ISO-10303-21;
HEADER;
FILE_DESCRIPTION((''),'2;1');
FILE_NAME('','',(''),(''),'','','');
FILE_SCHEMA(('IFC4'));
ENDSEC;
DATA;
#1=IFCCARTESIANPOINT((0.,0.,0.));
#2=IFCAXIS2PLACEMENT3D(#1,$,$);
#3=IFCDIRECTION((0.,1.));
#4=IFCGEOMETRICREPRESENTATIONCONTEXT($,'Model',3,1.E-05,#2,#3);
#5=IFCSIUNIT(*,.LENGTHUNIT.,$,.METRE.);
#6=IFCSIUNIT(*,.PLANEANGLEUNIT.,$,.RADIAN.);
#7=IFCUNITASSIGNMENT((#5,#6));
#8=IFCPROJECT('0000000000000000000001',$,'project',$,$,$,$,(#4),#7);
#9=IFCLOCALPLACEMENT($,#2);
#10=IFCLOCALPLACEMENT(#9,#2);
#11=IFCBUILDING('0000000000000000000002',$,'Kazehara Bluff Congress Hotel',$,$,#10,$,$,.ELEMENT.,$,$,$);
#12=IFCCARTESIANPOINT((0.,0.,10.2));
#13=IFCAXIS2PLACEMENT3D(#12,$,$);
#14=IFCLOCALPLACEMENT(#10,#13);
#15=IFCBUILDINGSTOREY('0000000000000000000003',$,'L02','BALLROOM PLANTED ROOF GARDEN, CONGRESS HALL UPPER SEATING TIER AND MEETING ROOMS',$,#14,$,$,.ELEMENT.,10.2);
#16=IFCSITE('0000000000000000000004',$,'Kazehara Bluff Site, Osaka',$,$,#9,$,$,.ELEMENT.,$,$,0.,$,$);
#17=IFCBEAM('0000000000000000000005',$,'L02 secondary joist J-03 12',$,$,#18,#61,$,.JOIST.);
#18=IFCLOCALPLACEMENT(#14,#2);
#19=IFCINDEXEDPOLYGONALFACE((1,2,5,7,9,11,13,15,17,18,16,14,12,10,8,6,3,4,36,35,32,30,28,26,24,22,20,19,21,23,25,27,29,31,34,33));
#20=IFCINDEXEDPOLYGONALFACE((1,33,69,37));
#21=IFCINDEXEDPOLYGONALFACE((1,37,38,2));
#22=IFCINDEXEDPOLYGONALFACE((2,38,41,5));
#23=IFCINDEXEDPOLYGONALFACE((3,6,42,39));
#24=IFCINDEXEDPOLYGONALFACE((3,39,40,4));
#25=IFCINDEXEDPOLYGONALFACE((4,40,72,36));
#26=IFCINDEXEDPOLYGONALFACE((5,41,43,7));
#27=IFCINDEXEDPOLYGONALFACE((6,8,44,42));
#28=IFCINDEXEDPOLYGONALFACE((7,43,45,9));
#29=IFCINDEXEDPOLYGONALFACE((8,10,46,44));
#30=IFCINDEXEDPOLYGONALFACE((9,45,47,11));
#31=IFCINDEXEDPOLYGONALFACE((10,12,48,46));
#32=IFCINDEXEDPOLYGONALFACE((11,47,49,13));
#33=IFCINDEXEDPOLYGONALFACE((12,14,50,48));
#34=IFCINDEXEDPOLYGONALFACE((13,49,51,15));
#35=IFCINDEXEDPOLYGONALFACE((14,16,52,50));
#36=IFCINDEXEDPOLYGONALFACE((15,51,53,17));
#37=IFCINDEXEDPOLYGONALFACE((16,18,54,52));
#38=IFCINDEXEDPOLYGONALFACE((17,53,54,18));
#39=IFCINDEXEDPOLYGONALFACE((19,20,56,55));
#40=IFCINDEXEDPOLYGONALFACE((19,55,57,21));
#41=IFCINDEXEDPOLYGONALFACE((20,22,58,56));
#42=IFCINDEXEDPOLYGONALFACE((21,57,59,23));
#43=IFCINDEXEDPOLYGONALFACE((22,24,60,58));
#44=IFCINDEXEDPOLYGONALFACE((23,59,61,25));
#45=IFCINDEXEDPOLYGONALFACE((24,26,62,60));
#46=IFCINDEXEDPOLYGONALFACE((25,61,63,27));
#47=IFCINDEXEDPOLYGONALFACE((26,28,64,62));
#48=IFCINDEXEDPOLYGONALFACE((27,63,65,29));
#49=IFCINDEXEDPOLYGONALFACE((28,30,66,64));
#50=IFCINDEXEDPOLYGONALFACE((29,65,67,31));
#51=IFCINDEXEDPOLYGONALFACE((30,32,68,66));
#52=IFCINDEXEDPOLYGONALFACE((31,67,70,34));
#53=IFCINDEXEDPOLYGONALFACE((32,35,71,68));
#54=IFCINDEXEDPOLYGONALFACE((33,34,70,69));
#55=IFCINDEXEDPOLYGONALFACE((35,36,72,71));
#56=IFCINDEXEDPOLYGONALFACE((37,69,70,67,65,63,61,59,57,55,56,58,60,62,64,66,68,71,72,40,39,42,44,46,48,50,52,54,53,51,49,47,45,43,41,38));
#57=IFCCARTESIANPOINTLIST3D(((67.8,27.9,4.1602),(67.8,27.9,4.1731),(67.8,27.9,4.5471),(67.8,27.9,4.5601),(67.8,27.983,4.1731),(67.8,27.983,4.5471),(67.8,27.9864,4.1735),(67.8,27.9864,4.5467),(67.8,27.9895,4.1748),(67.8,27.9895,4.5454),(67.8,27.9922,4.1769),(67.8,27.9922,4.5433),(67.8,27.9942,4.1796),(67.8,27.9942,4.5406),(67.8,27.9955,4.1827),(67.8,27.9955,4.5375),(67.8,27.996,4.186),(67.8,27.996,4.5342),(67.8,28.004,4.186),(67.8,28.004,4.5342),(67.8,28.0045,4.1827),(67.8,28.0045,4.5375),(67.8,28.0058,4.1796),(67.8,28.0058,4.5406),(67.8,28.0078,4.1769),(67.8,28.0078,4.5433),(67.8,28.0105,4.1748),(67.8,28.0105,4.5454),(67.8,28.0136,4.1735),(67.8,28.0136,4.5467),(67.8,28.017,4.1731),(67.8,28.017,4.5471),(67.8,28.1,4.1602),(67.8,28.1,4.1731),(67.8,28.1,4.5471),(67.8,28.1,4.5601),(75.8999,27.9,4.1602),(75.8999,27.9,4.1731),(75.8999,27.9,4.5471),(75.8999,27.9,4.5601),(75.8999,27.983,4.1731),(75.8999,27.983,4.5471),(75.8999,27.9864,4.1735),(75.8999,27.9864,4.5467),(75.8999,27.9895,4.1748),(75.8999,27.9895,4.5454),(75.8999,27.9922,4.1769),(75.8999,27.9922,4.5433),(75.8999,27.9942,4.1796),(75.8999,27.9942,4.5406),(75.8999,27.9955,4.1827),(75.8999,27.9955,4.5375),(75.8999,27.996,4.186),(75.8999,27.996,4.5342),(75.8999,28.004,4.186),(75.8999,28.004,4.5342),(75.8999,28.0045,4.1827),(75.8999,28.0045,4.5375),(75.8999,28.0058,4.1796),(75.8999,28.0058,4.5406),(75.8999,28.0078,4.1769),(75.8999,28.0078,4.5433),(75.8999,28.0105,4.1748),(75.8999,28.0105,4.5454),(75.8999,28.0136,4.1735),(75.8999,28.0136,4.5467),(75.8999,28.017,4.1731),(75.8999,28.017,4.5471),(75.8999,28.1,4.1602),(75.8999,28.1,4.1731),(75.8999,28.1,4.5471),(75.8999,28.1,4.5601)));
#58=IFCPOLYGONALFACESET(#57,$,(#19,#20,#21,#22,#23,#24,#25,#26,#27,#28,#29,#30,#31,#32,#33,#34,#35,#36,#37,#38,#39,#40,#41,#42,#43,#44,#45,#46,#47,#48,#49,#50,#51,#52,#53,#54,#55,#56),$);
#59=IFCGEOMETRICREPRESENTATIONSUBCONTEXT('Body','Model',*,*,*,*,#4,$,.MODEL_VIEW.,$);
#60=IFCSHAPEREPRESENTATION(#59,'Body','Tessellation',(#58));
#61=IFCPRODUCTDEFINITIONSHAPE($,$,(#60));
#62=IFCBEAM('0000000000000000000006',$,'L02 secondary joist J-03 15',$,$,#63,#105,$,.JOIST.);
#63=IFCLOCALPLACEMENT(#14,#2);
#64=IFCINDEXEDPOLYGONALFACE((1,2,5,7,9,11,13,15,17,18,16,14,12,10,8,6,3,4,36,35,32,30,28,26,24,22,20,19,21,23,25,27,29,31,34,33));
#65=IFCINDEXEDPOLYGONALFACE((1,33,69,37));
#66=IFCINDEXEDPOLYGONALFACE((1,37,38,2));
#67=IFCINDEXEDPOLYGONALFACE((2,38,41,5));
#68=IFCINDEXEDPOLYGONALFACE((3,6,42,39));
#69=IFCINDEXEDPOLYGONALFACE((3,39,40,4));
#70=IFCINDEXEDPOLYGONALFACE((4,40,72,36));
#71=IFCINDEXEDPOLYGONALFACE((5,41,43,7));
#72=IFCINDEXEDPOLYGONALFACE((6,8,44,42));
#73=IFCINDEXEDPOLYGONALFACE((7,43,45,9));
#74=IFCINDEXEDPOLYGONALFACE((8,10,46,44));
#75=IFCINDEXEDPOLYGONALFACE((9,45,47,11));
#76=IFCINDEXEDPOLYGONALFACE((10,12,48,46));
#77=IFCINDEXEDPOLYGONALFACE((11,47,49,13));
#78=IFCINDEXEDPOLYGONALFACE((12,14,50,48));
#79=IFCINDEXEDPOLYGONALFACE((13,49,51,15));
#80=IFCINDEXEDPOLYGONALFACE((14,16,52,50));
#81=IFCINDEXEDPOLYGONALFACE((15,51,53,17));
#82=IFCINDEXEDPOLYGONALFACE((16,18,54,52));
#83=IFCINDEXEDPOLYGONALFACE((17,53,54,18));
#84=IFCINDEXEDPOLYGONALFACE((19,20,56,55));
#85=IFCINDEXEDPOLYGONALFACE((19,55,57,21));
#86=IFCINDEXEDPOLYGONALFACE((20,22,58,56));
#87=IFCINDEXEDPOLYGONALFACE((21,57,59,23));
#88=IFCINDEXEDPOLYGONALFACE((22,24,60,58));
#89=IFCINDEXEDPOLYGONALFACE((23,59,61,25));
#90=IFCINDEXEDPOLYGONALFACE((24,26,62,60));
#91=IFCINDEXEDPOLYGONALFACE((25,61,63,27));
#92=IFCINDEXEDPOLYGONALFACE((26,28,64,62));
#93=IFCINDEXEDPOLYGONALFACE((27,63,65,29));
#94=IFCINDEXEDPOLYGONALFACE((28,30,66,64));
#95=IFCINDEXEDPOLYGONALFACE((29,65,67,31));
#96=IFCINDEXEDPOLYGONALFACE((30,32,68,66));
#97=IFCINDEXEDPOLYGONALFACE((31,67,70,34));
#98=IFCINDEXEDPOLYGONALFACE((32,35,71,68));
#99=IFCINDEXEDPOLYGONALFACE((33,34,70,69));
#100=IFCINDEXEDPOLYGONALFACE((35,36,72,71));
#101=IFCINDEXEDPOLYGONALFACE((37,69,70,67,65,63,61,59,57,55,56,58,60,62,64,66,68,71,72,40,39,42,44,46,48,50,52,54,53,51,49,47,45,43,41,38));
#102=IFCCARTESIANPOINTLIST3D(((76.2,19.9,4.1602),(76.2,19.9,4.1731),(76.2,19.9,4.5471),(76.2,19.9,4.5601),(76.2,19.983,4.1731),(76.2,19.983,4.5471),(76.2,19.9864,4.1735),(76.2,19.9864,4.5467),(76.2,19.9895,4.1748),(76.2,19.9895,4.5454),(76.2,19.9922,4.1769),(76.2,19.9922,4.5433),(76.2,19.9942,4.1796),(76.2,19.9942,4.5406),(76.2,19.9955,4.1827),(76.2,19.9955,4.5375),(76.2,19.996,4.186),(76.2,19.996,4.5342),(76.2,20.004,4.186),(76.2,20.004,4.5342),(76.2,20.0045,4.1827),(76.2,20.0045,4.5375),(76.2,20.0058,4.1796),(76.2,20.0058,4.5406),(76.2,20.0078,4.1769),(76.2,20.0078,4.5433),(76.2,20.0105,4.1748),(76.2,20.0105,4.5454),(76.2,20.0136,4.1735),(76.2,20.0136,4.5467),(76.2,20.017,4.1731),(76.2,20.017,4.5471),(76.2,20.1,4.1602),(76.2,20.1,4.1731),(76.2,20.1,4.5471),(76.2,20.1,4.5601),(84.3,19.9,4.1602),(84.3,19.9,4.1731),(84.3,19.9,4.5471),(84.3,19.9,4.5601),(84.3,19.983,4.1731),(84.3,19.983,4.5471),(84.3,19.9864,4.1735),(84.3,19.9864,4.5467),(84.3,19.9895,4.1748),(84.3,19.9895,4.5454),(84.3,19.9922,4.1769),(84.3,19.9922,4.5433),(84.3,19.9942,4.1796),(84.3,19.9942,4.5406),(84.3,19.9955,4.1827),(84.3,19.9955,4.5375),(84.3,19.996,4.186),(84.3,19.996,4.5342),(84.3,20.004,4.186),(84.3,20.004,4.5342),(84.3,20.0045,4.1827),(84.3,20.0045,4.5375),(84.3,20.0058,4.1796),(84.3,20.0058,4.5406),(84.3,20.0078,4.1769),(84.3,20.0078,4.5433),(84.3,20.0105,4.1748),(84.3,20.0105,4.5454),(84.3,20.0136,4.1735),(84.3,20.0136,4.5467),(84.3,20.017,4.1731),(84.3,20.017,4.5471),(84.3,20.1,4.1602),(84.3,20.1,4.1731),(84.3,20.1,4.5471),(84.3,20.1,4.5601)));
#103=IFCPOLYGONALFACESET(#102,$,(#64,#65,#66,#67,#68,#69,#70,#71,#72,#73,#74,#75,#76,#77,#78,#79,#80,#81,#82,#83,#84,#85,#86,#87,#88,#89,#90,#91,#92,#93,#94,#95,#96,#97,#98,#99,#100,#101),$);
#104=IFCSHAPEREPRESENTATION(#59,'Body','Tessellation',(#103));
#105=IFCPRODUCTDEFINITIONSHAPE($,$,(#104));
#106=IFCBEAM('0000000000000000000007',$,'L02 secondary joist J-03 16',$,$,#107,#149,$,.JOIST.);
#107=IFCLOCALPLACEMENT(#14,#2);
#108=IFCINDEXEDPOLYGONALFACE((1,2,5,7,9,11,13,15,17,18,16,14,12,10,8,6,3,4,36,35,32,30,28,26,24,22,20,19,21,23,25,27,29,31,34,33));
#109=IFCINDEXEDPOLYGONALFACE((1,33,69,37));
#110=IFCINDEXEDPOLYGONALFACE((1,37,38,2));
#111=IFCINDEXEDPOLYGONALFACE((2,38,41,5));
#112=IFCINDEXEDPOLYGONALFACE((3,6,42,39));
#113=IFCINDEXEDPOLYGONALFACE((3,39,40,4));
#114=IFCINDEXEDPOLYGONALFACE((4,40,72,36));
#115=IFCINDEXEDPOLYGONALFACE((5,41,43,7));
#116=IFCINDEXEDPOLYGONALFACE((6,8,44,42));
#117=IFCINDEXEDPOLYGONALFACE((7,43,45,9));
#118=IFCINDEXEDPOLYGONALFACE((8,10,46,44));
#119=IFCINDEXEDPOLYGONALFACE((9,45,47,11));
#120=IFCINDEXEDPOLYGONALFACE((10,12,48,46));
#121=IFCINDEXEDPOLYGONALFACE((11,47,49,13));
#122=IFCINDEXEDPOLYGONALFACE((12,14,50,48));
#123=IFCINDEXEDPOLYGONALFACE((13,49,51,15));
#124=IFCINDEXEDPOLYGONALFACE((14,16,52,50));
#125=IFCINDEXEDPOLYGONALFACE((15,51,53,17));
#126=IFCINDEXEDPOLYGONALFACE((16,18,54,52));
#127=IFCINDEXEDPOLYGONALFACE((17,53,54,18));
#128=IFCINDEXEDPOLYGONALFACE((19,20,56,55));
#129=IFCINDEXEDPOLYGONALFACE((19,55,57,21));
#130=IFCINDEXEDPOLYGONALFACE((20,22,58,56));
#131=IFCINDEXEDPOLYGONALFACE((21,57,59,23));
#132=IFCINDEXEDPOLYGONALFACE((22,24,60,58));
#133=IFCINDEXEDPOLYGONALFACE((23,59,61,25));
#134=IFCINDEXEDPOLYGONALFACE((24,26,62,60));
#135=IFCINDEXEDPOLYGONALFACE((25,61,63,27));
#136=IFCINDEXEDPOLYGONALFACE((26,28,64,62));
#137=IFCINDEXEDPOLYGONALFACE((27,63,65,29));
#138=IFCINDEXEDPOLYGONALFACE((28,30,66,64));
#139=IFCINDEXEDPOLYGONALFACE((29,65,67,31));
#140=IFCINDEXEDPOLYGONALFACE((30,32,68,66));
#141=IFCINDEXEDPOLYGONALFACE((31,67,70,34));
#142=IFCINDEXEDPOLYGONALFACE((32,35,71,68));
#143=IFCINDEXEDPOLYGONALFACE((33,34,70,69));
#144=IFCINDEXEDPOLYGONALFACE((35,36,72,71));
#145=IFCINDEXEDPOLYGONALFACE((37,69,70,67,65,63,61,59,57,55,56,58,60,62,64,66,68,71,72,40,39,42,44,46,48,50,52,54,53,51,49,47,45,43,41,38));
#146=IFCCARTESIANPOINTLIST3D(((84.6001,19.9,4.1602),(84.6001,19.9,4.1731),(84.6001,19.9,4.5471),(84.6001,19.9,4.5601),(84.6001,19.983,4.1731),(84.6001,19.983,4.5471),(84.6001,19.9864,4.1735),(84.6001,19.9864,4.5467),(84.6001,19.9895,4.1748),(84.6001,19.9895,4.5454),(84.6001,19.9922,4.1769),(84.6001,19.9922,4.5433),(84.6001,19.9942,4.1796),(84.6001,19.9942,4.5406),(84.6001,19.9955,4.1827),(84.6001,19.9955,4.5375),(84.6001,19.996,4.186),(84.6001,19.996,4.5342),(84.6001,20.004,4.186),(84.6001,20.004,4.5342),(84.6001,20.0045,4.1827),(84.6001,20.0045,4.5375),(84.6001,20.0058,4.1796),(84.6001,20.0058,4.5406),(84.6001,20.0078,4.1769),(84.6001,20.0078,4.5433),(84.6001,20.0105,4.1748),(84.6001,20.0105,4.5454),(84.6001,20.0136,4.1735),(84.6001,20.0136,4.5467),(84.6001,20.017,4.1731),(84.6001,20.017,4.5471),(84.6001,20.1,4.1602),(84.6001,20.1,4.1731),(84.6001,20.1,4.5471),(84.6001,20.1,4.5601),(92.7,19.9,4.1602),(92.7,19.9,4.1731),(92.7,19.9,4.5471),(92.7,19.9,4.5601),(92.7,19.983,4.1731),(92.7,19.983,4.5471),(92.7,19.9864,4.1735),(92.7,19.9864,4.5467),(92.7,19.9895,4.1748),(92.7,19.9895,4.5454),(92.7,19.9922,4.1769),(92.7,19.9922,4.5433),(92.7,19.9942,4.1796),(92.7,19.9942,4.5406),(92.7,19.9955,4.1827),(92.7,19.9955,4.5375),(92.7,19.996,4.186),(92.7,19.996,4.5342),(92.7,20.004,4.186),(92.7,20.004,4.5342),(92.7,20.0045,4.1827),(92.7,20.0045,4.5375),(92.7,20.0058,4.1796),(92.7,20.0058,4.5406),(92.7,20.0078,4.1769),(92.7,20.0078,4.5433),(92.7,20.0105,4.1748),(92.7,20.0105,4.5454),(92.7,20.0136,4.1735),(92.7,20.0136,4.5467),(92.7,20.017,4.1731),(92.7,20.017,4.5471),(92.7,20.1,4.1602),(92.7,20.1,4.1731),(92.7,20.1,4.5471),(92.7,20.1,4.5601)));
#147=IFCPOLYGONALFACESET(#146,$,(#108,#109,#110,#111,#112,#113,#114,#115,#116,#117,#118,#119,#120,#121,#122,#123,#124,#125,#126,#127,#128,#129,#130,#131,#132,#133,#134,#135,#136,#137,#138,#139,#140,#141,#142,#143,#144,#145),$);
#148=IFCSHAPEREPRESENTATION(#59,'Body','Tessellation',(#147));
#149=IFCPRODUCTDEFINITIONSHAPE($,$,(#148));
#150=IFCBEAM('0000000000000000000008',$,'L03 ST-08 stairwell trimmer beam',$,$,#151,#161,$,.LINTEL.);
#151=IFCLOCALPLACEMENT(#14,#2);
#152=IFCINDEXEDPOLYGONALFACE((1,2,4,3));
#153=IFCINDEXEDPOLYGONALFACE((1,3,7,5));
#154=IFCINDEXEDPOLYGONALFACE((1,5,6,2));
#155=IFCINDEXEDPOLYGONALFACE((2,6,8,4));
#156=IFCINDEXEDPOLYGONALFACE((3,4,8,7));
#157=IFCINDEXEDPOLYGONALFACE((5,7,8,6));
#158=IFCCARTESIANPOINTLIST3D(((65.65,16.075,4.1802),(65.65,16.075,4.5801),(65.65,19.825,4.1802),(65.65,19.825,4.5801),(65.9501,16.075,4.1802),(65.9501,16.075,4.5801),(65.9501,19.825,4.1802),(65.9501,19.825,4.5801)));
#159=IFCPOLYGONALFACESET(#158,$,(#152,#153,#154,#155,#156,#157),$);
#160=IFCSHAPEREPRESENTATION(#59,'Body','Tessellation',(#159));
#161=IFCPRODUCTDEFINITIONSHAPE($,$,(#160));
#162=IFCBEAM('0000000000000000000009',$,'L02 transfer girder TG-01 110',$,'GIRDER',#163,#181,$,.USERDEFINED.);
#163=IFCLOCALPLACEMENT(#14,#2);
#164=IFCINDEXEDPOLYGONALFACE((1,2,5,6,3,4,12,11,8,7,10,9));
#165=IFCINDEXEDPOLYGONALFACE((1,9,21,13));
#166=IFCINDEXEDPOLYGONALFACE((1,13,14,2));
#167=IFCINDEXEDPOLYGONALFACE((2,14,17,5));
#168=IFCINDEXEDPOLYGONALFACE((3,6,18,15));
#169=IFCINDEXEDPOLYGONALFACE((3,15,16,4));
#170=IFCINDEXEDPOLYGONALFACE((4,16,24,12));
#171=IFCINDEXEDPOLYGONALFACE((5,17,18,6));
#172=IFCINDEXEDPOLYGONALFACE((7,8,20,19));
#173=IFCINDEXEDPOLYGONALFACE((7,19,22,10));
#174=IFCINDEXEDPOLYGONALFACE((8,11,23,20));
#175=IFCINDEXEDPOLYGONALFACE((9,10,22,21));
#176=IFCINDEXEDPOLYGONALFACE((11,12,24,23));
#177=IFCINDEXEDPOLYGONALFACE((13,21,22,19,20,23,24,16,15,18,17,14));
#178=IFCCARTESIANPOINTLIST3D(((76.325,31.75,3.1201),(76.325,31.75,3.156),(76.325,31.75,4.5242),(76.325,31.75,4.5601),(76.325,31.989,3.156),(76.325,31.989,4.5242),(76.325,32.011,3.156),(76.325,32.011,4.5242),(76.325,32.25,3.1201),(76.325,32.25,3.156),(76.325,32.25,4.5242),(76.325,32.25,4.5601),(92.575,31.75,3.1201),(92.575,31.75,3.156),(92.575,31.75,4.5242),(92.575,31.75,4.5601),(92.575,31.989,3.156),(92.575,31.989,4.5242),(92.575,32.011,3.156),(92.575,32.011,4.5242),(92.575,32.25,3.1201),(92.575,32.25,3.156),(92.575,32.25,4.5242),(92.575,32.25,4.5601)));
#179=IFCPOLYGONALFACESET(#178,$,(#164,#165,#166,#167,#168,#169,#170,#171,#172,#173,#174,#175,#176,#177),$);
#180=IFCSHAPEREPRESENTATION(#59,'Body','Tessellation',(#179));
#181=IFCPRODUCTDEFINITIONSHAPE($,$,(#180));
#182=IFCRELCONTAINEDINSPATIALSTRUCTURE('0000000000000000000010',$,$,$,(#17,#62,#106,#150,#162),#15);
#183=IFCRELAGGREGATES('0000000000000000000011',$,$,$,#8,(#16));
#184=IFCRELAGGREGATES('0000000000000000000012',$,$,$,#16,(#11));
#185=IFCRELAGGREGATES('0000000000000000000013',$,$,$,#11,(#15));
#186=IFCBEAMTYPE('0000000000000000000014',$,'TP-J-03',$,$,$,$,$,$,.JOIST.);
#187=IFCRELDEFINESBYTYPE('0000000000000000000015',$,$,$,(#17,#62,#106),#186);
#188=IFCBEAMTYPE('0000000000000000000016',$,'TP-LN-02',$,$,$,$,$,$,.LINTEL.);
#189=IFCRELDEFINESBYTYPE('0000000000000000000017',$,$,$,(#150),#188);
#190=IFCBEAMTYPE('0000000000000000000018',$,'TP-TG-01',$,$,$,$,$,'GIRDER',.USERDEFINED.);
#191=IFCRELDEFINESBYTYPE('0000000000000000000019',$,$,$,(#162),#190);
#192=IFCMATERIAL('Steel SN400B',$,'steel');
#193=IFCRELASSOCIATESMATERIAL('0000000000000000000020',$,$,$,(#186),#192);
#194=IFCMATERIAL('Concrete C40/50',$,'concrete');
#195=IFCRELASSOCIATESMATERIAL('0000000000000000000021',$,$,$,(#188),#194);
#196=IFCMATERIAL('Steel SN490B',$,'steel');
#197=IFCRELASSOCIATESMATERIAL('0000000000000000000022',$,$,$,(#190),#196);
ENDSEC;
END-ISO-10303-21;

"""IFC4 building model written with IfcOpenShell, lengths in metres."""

from ifc_helpers import new_model, si_unit, direction, frame, origin, origin_2d, place, context, subcontext, project, spatial, rectangle, i_section, extrude, material, material_profile, profile_set, type_object, element, save


model = new_model("IFC4")

# Units and contexts
model_context = context("Model", 3, precision=1e-05, world=origin(), true_north=direction((0.0, 1.0)))
body_context = subcontext(model_context, "Body", "Model", "MODEL_VIEW")
ifc_project = project(units=[si_unit("LENGTHUNIT", "METRE"), si_unit("PLANEANGLEUNIT", "RADIAN")], contexts=[model_context])

# Site, building, storey
site_placement = place(None, origin())
site = spatial("IfcSite", under=ifc_project, at=site_placement, Name="Kazehara Bluff Site, Osaka", CompositionType="ELEMENT", RefElevation=0.0)
building_placement = place(site_placement, origin())
building = spatial("IfcBuilding", under=site, at=building_placement, Name="Kazehara Bluff Congress Hotel", CompositionType="ELEMENT")
storey_placement = place(building_placement, frame((0.0, 0.0, 10.2)))
storey = spatial("IfcBuildingStorey", under=building, at=storey_placement, Name="L02", Description="BALLROOM PLANTED ROOF GARDEN, CONGRESS HALL UPPER SEATING TIER AND MEETING ROOMS", CompositionType="ELEMENT", Elevation=10.2)

# Beams
ifc_material_1 = material(Name="Steel SN400B", Category="steel")
ifc_material_profile_1 = material_profile(ifc_material_1, i_section(OverallWidth=0.2, OverallDepth=0.3999, WebThickness=0.0081, FlangeThickness=0.0129, FilletRadius=0.0129, at=origin_2d()))
ifc_profile_set_1 = profile_set([ifc_material_profile_1], Name="Steel SN400B")
beam_type_1 = type_object("IfcBeamType", Name="TP-J-03", PredefinedType="JOIST", material=ifc_profile_set_1)
beam_1_placement = place(storey_placement, frame((67.8, 28.0, 4.3601), z_axis=(1.0, 0.0, 0.0), x_axis=(0.0, 1.0, 0.0)))
element("IfcBeam", 1, at=beam_1_placement, inside=storey, type_object=beam_type_1, Name="L02 secondary joist J-03 12", PredefinedType="JOIST", context=body_context, shape_type="SweptSolid", body=[
    extrude(i_section(OverallWidth=0.2, OverallDepth=0.3999, WebThickness=0.0081, FlangeThickness=0.0129, FilletRadius=0.0129, at=origin_2d()), origin(), (0.0, 0.0, 1.0), 8.0999),
])
beam_2_placement = place(storey_placement, frame((76.2, 20.0, 4.3601), z_axis=(1.0, 0.0, 0.0), x_axis=(0.0, 1.0, 0.0)))
element("IfcBeam", 2, at=beam_2_placement, inside=storey, type_object=beam_type_1, Name="L02 secondary joist J-03 15", PredefinedType="JOIST", context=body_context, shape_type="SweptSolid", body=[
    extrude(i_section(OverallWidth=0.2, OverallDepth=0.3999, WebThickness=0.0081, FlangeThickness=0.0129, FilletRadius=0.0129, at=origin_2d()), origin(), (0.0, 0.0, 1.0), 8.1001),
])
beam_3_placement = place(storey_placement, frame((84.6001, 20.0, 4.3601), z_axis=(1.0, 0.0, 0.0), x_axis=(0.0, 1.0, 0.0)))
element("IfcBeam", 3, at=beam_3_placement, inside=storey, type_object=beam_type_1, Name="L02 secondary joist J-03 16", PredefinedType="JOIST", context=body_context, shape_type="SweptSolid", body=[
    extrude(i_section(OverallWidth=0.2, OverallDepth=0.3999, WebThickness=0.0081, FlangeThickness=0.0129, FilletRadius=0.0129, at=origin_2d()), origin(), (0.0, 0.0, 1.0), 8.0999),
])
ifc_material_2 = material(Name="Concrete C40/50", Category="concrete")
ifc_material_profile_2 = material_profile(ifc_material_2, rectangle(XDim=0.3, YDim=0.3999, at=origin_2d()))
ifc_profile_set_2 = profile_set([ifc_material_profile_2], Name="Concrete C40/50")
beam_type_2 = type_object("IfcBeamType", Name="TP-LN-02", PredefinedType="LINTEL", material=ifc_profile_set_2)
beam_4_placement = place(storey_placement, frame((65.8, 19.825, 4.3801), z_axis=(0.0, -1.0, 0.0), x_axis=(1.0, 0.0, 0.0)))
element("IfcBeam", 4, at=beam_4_placement, inside=storey, type_object=beam_type_2, Name="L03 ST-08 stairwell trimmer beam", PredefinedType="LINTEL", context=body_context, shape_type="SweptSolid", body=[
    extrude(rectangle(XDim=0.3, YDim=0.3999, at=origin_2d()), origin(), (0.0, 0.0, 1.0), 3.75),
])
ifc_material_3 = material(Name="Steel SN490B", Category="steel")
ifc_material_profile_3 = material_profile(ifc_material_3, i_section(OverallWidth=0.5, OverallDepth=1.4399, WebThickness=0.022, FlangeThickness=0.0359, at=origin_2d()))
ifc_profile_set_3 = profile_set([ifc_material_profile_3], Name="Steel SN490B")
beam_type_3 = type_object("IfcBeamType", Name="TP-TG-01", ElementType="GIRDER", PredefinedType="USERDEFINED", material=ifc_profile_set_3)
beam_5_placement = place(storey_placement, frame((76.325, 32.0, 3.8401), z_axis=(1.0, 0.0, 0.0), x_axis=(0.0, 1.0, 0.0)))
element("IfcBeam", 5, at=beam_5_placement, inside=storey, type_object=beam_type_3, Name="L02 transfer girder TG-01 110", ObjectType="GIRDER", PredefinedType="USERDEFINED", context=body_context, shape_type="SweptSolid", body=[
    extrude(i_section(OverallWidth=0.5, OverallDepth=1.4399, WebThickness=0.022, FlangeThickness=0.0359, at=origin_2d()), origin(), (0.0, 0.0, 1.0), 16.25),
])

save(model, "model.ifc")
